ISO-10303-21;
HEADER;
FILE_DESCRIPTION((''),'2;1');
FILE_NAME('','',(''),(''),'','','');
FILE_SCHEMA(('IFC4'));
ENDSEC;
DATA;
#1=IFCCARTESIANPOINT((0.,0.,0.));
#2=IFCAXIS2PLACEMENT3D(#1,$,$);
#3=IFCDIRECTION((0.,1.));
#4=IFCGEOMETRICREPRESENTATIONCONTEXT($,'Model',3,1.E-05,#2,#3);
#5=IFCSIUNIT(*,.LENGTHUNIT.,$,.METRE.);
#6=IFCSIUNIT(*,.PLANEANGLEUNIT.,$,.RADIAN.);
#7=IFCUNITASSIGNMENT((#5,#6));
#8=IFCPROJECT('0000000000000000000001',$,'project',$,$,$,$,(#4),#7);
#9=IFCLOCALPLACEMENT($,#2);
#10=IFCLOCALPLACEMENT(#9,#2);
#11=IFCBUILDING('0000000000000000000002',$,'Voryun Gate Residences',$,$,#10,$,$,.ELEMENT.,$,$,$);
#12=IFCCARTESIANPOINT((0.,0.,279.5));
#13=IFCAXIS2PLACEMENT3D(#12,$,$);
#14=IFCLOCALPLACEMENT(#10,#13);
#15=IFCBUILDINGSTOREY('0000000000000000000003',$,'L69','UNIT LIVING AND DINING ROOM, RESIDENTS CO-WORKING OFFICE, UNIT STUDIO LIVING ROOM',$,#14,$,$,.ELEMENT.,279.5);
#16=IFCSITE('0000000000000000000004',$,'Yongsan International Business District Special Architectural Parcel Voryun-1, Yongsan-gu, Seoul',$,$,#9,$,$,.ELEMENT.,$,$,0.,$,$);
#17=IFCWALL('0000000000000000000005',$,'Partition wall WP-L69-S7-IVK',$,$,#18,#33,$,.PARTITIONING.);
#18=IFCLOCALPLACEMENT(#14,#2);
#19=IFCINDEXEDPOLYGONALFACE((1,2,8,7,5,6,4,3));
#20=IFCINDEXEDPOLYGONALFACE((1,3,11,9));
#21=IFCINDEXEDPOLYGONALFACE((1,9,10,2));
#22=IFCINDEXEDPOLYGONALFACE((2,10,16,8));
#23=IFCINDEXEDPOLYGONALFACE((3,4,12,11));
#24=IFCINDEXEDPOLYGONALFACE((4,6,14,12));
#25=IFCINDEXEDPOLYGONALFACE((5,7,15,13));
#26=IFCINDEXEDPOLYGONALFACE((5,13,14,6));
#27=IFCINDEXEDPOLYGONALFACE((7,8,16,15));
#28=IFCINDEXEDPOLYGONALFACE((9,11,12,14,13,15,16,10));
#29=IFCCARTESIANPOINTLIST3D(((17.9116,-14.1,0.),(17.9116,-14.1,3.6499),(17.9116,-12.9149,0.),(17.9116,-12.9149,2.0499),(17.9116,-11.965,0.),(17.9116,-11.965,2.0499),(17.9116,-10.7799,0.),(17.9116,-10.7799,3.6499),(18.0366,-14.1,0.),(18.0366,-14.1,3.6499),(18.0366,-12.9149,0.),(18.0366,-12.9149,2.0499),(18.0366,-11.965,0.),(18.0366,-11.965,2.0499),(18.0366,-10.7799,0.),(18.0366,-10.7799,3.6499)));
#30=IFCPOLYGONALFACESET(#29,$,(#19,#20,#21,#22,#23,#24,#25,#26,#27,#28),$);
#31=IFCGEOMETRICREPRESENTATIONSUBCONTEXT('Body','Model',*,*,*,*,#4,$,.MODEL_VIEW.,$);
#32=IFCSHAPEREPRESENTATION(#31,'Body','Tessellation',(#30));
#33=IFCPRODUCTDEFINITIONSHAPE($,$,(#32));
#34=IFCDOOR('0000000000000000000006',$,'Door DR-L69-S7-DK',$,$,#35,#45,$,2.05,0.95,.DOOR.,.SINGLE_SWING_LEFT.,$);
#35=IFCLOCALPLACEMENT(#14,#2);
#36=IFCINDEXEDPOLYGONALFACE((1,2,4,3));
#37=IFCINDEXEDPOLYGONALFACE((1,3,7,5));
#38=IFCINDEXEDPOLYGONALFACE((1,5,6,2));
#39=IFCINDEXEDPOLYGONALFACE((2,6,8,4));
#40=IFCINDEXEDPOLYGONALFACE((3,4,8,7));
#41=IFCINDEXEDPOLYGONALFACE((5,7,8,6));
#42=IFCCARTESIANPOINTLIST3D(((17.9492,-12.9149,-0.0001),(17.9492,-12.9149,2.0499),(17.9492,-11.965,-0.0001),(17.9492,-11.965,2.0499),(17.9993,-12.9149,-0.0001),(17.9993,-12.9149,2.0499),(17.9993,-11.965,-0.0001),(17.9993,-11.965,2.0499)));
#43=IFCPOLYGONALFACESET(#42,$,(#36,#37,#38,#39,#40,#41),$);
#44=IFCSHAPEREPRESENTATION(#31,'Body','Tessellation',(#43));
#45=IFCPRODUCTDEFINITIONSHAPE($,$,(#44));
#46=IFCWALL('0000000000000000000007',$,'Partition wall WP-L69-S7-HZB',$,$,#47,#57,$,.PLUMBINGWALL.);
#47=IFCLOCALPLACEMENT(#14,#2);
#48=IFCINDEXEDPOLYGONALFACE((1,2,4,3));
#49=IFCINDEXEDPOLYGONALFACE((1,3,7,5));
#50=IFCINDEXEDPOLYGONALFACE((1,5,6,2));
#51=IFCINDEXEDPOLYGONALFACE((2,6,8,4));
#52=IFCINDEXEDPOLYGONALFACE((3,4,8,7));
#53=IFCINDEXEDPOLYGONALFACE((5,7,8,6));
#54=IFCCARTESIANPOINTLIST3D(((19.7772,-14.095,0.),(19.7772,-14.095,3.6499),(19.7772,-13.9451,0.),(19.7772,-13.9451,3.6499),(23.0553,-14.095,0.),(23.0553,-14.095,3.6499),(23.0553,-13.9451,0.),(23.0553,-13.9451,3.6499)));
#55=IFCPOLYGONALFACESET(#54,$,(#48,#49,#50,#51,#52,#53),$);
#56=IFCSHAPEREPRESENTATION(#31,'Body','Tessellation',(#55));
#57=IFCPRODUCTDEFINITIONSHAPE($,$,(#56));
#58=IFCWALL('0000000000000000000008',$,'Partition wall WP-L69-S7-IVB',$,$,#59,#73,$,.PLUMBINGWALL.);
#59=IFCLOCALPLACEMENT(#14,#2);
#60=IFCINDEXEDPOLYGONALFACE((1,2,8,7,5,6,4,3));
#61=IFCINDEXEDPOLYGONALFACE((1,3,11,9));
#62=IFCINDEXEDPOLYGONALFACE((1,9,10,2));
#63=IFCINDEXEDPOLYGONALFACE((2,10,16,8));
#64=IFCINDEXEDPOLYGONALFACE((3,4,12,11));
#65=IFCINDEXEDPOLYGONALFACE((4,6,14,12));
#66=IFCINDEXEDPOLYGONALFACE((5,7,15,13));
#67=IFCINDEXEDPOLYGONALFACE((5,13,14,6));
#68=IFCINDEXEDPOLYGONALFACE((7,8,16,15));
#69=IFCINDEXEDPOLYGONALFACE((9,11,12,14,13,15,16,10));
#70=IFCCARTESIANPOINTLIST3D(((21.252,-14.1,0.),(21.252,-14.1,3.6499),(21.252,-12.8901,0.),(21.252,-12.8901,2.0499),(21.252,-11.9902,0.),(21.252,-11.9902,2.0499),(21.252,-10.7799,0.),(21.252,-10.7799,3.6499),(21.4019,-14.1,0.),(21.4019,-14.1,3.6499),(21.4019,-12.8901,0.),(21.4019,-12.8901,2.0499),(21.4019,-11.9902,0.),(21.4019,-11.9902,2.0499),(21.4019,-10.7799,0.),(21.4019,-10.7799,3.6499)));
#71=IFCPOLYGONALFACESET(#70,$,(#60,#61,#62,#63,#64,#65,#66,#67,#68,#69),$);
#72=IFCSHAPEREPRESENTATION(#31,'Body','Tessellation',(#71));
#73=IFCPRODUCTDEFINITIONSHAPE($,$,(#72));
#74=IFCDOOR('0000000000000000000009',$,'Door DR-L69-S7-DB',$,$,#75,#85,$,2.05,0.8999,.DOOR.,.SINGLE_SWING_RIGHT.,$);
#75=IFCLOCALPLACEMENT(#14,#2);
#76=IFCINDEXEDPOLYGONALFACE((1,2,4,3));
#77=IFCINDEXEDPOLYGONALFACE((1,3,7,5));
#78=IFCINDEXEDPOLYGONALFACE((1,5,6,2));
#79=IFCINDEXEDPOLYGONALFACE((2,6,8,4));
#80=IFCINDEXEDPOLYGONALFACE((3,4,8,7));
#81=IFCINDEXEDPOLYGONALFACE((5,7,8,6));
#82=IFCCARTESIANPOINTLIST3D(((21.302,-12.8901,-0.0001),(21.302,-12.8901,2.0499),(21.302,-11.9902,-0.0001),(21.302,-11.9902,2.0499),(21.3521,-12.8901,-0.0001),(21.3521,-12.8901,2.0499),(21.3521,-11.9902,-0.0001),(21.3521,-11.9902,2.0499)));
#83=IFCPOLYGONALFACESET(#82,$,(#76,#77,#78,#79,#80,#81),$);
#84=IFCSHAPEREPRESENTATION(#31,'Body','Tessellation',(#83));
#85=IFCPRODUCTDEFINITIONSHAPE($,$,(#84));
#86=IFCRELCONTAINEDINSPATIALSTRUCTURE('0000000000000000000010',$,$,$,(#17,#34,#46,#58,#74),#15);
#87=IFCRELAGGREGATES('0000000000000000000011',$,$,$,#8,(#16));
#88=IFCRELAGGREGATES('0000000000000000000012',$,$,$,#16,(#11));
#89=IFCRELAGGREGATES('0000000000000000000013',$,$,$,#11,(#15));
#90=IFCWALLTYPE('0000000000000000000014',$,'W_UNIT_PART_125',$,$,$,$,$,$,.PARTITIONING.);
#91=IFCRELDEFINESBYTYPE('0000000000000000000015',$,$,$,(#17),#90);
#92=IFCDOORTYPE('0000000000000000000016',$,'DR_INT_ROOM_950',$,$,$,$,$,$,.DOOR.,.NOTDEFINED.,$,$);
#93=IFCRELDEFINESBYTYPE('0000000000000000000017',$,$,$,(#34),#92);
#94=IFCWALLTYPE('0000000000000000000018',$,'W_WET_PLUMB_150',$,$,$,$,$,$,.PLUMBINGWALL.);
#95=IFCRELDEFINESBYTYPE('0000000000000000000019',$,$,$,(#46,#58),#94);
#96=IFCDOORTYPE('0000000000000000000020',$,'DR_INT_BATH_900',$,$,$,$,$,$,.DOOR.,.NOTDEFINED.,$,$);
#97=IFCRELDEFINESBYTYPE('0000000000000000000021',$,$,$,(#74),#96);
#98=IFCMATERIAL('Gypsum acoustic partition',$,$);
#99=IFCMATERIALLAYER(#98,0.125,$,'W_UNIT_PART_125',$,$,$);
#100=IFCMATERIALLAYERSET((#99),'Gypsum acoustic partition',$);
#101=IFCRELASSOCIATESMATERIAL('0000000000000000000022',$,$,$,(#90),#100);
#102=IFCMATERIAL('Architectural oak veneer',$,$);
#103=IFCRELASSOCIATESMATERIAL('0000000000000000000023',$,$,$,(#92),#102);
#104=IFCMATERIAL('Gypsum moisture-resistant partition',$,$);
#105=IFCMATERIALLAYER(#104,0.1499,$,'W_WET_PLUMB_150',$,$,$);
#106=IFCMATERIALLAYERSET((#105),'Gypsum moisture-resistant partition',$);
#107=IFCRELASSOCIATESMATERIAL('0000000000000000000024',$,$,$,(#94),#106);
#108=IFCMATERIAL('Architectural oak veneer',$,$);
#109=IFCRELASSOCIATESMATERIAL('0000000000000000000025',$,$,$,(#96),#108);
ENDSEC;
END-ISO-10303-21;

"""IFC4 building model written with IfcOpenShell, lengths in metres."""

from ifc_helpers import new_model, si_unit, direction, frame, frame_2d, origin, place, context, subcontext, project, spatial, rectangle, extrude, material, layer, layer_set, type_object, element, fill, save


model = new_model("IFC4")

# Units and contexts
model_context = context("Model", 3, precision=1e-05, world=origin(), true_north=direction((0.0, 1.0)))
body_context = subcontext(model_context, "Body", "Model", "MODEL_VIEW")
ifc_project = project(units=[si_unit("LENGTHUNIT", "METRE"), si_unit("PLANEANGLEUNIT", "RADIAN")], contexts=[model_context])

# Site, building, storey
site_placement = place(None, origin())
site = spatial("IfcSite", under=ifc_project, at=site_placement, Name="Yongsan International Business District Special Architectural Parcel Voryun-1, Yongsan-gu, Seoul", CompositionType="ELEMENT", RefElevation=0.0)
building_placement = place(site_placement, origin())
building = spatial("IfcBuilding", under=site, at=building_placement, Name="Voryun Gate Residences", CompositionType="ELEMENT")
storey_placement = place(building_placement, frame((0.0, 0.0, 279.5)))
storey = spatial("IfcBuildingStorey", under=building, at=storey_placement, Name="L69", Description="UNIT LIVING AND DINING ROOM, RESIDENTS CO-WORKING OFFICE, UNIT STUDIO LIVING ROOM", CompositionType="ELEMENT", Elevation=279.5)

# Wall, opening, door
ifc_material_1 = material(Name="Gypsum acoustic partition")
ifc_layer_1 = layer(ifc_material_1, 0.125, Name="W_UNIT_PART_125")
ifc_layer_set_1 = layer_set([ifc_layer_1], Name="Gypsum acoustic partition")
wall_type_1 = type_object("IfcWallType", Name="W_UNIT_PART_125", PredefinedType="PARTITIONING", material=ifc_layer_set_1)
wall_1_placement = place(storey_placement, frame((17.9741, -14.1001, 0.0), z_axis=(0.0, 0.0, 1.0), x_axis=(0.0, 1.0, 0.0)))
wall_1 = element("IfcWall", 1, at=wall_1_placement, inside=storey, type_object=wall_type_1, Name="Partition wall WP-L69-S7-IVK", PredefinedType="PARTITIONING", context=body_context, shape_type="SweptSolid", body=[
    extrude(rectangle(XDim=3.3201, YDim=0.125, at=frame_2d((1.6602, 0.0))), origin(), (0.0, 0.0, 1.0), 3.6499),
])
opening_1_placement = place(wall_1_placement, frame((1.1851, 0.0, 0.0)))
opening_1 = element("IfcOpeningElement", 2, at=opening_1_placement, cuts=wall_1, PredefinedType="OPENING", context=body_context, shape_type="SweptSolid", body=[
    extrude(rectangle(XDim=0.95, YDim=2.05, at=frame_2d((0.4751, 1.0249))), frame((0.0, 0.0725, 0.0), z_axis=(0.0, -1.0, 0.0), x_axis=(1.0, 0.0, 0.0)), (0.0, 0.0, 1.0), 0.145),
])
ifc_material_2 = material(Name="Architectural oak veneer")
door_type_1 = type_object("IfcDoorType", Name="DR_INT_ROOM_950", OperationType="NOTDEFINED", PredefinedType="DOOR", material=ifc_material_2)
door_1_placement = place(opening_1_placement, origin())
door_1 = element("IfcDoor", 3, at=door_1_placement, inside=storey, type_object=door_type_1, Name="Door DR-L69-S7-DK", OperationType="SINGLE_SWING_LEFT", OverallHeight=2.05, OverallWidth=0.95, PredefinedType="DOOR", context=body_context, shape_type="SweptSolid", body=[
    extrude(rectangle(XDim=0.95, YDim=2.05, at=frame_2d((0.4751, 1.0249))), frame((0.0, 0.0249, 0.0), z_axis=(0.0, -1.0, 0.0), x_axis=(1.0, 0.0, 0.0)), (0.0, 0.0, 1.0), 0.05),
])
fill(opening_1, door_1)

# Wall
ifc_material_3 = material(Name="Gypsum moisture-resistant partition")
ifc_layer_2 = layer(ifc_material_3, 0.1499, Name="W_WET_PLUMB_150")
ifc_layer_set_2 = layer_set([ifc_layer_2], Name="Gypsum moisture-resistant partition")
wall_type_2 = type_object("IfcWallType", Name="W_WET_PLUMB_150", PredefinedType="PLUMBINGWALL", material=ifc_layer_set_2)
wall_2_placement = place(storey_placement, frame((19.7771, -14.02, 0.0), z_axis=(0.0, 0.0, 1.0), x_axis=(1.0, 0.0, 0.0)))
element("IfcWall", 4, at=wall_2_placement, inside=storey, type_object=wall_type_2, Name="Partition wall WP-L69-S7-HZB", PredefinedType="PLUMBINGWALL", context=body_context, shape_type="SweptSolid", body=[
    extrude(rectangle(XDim=3.2781, YDim=0.1499, at=frame_2d((1.6392, 0.0))), origin(), (0.0, 0.0, 1.0), 3.6499),
])

# Wall, opening, door
wall_3_placement = place(storey_placement, frame((21.3269, -14.1001, 0.0), z_axis=(0.0, 0.0, 1.0), x_axis=(0.0, 1.0, 0.0)))
wall_3 = element("IfcWall", 5, at=wall_3_placement, inside=storey, type_object=wall_type_2, Name="Partition wall WP-L69-S7-IVB", PredefinedType="PLUMBINGWALL", context=body_context, shape_type="SweptSolid", body=[
    extrude(rectangle(XDim=3.3201, YDim=0.1499, at=frame_2d((1.6602, 0.0))), origin(), (0.0, 0.0, 1.0), 3.6499),
])
opening_2_placement = place(wall_3_placement, frame((1.21, 0.0, 0.0)))
opening_2 = element("IfcOpeningElement", 6, at=opening_2_placement, cuts=wall_3, PredefinedType="OPENING", context=body_context, shape_type="SweptSolid", body=[
    extrude(rectangle(XDim=0.8999, YDim=2.05, at=frame_2d((0.45, 1.0249))), frame((0.0, 0.085, 0.0), z_axis=(0.0, -1.0, 0.0), x_axis=(1.0, 0.0, 0.0)), (0.0, 0.0, 1.0), 0.1699),
])
ifc_material_4 = material(Name="Architectural oak veneer")
door_type_2 = type_object("IfcDoorType", Name="DR_INT_BATH_900", OperationType="NOTDEFINED", PredefinedType="DOOR", material=ifc_material_4)
door_2_placement = place(opening_2_placement, origin())
door_2 = element("IfcDoor", 7, at=door_2_placement, inside=storey, type_object=door_type_2, Name="Door DR-L69-S7-DB", OperationType="SINGLE_SWING_RIGHT", OverallHeight=2.05, OverallWidth=0.8999, PredefinedType="DOOR", context=body_context, shape_type="SweptSolid", body=[
    extrude(rectangle(XDim=0.8999, YDim=2.05, at=frame_2d((0.45, 1.0249))), frame((0.0, 0.0249, 0.0), z_axis=(0.0, -1.0, 0.0), x_axis=(1.0, 0.0, 0.0)), (0.0, 0.0, 1.0), 0.05),
])
fill(opening_2, door_2)

save(model, "model.ifc")
